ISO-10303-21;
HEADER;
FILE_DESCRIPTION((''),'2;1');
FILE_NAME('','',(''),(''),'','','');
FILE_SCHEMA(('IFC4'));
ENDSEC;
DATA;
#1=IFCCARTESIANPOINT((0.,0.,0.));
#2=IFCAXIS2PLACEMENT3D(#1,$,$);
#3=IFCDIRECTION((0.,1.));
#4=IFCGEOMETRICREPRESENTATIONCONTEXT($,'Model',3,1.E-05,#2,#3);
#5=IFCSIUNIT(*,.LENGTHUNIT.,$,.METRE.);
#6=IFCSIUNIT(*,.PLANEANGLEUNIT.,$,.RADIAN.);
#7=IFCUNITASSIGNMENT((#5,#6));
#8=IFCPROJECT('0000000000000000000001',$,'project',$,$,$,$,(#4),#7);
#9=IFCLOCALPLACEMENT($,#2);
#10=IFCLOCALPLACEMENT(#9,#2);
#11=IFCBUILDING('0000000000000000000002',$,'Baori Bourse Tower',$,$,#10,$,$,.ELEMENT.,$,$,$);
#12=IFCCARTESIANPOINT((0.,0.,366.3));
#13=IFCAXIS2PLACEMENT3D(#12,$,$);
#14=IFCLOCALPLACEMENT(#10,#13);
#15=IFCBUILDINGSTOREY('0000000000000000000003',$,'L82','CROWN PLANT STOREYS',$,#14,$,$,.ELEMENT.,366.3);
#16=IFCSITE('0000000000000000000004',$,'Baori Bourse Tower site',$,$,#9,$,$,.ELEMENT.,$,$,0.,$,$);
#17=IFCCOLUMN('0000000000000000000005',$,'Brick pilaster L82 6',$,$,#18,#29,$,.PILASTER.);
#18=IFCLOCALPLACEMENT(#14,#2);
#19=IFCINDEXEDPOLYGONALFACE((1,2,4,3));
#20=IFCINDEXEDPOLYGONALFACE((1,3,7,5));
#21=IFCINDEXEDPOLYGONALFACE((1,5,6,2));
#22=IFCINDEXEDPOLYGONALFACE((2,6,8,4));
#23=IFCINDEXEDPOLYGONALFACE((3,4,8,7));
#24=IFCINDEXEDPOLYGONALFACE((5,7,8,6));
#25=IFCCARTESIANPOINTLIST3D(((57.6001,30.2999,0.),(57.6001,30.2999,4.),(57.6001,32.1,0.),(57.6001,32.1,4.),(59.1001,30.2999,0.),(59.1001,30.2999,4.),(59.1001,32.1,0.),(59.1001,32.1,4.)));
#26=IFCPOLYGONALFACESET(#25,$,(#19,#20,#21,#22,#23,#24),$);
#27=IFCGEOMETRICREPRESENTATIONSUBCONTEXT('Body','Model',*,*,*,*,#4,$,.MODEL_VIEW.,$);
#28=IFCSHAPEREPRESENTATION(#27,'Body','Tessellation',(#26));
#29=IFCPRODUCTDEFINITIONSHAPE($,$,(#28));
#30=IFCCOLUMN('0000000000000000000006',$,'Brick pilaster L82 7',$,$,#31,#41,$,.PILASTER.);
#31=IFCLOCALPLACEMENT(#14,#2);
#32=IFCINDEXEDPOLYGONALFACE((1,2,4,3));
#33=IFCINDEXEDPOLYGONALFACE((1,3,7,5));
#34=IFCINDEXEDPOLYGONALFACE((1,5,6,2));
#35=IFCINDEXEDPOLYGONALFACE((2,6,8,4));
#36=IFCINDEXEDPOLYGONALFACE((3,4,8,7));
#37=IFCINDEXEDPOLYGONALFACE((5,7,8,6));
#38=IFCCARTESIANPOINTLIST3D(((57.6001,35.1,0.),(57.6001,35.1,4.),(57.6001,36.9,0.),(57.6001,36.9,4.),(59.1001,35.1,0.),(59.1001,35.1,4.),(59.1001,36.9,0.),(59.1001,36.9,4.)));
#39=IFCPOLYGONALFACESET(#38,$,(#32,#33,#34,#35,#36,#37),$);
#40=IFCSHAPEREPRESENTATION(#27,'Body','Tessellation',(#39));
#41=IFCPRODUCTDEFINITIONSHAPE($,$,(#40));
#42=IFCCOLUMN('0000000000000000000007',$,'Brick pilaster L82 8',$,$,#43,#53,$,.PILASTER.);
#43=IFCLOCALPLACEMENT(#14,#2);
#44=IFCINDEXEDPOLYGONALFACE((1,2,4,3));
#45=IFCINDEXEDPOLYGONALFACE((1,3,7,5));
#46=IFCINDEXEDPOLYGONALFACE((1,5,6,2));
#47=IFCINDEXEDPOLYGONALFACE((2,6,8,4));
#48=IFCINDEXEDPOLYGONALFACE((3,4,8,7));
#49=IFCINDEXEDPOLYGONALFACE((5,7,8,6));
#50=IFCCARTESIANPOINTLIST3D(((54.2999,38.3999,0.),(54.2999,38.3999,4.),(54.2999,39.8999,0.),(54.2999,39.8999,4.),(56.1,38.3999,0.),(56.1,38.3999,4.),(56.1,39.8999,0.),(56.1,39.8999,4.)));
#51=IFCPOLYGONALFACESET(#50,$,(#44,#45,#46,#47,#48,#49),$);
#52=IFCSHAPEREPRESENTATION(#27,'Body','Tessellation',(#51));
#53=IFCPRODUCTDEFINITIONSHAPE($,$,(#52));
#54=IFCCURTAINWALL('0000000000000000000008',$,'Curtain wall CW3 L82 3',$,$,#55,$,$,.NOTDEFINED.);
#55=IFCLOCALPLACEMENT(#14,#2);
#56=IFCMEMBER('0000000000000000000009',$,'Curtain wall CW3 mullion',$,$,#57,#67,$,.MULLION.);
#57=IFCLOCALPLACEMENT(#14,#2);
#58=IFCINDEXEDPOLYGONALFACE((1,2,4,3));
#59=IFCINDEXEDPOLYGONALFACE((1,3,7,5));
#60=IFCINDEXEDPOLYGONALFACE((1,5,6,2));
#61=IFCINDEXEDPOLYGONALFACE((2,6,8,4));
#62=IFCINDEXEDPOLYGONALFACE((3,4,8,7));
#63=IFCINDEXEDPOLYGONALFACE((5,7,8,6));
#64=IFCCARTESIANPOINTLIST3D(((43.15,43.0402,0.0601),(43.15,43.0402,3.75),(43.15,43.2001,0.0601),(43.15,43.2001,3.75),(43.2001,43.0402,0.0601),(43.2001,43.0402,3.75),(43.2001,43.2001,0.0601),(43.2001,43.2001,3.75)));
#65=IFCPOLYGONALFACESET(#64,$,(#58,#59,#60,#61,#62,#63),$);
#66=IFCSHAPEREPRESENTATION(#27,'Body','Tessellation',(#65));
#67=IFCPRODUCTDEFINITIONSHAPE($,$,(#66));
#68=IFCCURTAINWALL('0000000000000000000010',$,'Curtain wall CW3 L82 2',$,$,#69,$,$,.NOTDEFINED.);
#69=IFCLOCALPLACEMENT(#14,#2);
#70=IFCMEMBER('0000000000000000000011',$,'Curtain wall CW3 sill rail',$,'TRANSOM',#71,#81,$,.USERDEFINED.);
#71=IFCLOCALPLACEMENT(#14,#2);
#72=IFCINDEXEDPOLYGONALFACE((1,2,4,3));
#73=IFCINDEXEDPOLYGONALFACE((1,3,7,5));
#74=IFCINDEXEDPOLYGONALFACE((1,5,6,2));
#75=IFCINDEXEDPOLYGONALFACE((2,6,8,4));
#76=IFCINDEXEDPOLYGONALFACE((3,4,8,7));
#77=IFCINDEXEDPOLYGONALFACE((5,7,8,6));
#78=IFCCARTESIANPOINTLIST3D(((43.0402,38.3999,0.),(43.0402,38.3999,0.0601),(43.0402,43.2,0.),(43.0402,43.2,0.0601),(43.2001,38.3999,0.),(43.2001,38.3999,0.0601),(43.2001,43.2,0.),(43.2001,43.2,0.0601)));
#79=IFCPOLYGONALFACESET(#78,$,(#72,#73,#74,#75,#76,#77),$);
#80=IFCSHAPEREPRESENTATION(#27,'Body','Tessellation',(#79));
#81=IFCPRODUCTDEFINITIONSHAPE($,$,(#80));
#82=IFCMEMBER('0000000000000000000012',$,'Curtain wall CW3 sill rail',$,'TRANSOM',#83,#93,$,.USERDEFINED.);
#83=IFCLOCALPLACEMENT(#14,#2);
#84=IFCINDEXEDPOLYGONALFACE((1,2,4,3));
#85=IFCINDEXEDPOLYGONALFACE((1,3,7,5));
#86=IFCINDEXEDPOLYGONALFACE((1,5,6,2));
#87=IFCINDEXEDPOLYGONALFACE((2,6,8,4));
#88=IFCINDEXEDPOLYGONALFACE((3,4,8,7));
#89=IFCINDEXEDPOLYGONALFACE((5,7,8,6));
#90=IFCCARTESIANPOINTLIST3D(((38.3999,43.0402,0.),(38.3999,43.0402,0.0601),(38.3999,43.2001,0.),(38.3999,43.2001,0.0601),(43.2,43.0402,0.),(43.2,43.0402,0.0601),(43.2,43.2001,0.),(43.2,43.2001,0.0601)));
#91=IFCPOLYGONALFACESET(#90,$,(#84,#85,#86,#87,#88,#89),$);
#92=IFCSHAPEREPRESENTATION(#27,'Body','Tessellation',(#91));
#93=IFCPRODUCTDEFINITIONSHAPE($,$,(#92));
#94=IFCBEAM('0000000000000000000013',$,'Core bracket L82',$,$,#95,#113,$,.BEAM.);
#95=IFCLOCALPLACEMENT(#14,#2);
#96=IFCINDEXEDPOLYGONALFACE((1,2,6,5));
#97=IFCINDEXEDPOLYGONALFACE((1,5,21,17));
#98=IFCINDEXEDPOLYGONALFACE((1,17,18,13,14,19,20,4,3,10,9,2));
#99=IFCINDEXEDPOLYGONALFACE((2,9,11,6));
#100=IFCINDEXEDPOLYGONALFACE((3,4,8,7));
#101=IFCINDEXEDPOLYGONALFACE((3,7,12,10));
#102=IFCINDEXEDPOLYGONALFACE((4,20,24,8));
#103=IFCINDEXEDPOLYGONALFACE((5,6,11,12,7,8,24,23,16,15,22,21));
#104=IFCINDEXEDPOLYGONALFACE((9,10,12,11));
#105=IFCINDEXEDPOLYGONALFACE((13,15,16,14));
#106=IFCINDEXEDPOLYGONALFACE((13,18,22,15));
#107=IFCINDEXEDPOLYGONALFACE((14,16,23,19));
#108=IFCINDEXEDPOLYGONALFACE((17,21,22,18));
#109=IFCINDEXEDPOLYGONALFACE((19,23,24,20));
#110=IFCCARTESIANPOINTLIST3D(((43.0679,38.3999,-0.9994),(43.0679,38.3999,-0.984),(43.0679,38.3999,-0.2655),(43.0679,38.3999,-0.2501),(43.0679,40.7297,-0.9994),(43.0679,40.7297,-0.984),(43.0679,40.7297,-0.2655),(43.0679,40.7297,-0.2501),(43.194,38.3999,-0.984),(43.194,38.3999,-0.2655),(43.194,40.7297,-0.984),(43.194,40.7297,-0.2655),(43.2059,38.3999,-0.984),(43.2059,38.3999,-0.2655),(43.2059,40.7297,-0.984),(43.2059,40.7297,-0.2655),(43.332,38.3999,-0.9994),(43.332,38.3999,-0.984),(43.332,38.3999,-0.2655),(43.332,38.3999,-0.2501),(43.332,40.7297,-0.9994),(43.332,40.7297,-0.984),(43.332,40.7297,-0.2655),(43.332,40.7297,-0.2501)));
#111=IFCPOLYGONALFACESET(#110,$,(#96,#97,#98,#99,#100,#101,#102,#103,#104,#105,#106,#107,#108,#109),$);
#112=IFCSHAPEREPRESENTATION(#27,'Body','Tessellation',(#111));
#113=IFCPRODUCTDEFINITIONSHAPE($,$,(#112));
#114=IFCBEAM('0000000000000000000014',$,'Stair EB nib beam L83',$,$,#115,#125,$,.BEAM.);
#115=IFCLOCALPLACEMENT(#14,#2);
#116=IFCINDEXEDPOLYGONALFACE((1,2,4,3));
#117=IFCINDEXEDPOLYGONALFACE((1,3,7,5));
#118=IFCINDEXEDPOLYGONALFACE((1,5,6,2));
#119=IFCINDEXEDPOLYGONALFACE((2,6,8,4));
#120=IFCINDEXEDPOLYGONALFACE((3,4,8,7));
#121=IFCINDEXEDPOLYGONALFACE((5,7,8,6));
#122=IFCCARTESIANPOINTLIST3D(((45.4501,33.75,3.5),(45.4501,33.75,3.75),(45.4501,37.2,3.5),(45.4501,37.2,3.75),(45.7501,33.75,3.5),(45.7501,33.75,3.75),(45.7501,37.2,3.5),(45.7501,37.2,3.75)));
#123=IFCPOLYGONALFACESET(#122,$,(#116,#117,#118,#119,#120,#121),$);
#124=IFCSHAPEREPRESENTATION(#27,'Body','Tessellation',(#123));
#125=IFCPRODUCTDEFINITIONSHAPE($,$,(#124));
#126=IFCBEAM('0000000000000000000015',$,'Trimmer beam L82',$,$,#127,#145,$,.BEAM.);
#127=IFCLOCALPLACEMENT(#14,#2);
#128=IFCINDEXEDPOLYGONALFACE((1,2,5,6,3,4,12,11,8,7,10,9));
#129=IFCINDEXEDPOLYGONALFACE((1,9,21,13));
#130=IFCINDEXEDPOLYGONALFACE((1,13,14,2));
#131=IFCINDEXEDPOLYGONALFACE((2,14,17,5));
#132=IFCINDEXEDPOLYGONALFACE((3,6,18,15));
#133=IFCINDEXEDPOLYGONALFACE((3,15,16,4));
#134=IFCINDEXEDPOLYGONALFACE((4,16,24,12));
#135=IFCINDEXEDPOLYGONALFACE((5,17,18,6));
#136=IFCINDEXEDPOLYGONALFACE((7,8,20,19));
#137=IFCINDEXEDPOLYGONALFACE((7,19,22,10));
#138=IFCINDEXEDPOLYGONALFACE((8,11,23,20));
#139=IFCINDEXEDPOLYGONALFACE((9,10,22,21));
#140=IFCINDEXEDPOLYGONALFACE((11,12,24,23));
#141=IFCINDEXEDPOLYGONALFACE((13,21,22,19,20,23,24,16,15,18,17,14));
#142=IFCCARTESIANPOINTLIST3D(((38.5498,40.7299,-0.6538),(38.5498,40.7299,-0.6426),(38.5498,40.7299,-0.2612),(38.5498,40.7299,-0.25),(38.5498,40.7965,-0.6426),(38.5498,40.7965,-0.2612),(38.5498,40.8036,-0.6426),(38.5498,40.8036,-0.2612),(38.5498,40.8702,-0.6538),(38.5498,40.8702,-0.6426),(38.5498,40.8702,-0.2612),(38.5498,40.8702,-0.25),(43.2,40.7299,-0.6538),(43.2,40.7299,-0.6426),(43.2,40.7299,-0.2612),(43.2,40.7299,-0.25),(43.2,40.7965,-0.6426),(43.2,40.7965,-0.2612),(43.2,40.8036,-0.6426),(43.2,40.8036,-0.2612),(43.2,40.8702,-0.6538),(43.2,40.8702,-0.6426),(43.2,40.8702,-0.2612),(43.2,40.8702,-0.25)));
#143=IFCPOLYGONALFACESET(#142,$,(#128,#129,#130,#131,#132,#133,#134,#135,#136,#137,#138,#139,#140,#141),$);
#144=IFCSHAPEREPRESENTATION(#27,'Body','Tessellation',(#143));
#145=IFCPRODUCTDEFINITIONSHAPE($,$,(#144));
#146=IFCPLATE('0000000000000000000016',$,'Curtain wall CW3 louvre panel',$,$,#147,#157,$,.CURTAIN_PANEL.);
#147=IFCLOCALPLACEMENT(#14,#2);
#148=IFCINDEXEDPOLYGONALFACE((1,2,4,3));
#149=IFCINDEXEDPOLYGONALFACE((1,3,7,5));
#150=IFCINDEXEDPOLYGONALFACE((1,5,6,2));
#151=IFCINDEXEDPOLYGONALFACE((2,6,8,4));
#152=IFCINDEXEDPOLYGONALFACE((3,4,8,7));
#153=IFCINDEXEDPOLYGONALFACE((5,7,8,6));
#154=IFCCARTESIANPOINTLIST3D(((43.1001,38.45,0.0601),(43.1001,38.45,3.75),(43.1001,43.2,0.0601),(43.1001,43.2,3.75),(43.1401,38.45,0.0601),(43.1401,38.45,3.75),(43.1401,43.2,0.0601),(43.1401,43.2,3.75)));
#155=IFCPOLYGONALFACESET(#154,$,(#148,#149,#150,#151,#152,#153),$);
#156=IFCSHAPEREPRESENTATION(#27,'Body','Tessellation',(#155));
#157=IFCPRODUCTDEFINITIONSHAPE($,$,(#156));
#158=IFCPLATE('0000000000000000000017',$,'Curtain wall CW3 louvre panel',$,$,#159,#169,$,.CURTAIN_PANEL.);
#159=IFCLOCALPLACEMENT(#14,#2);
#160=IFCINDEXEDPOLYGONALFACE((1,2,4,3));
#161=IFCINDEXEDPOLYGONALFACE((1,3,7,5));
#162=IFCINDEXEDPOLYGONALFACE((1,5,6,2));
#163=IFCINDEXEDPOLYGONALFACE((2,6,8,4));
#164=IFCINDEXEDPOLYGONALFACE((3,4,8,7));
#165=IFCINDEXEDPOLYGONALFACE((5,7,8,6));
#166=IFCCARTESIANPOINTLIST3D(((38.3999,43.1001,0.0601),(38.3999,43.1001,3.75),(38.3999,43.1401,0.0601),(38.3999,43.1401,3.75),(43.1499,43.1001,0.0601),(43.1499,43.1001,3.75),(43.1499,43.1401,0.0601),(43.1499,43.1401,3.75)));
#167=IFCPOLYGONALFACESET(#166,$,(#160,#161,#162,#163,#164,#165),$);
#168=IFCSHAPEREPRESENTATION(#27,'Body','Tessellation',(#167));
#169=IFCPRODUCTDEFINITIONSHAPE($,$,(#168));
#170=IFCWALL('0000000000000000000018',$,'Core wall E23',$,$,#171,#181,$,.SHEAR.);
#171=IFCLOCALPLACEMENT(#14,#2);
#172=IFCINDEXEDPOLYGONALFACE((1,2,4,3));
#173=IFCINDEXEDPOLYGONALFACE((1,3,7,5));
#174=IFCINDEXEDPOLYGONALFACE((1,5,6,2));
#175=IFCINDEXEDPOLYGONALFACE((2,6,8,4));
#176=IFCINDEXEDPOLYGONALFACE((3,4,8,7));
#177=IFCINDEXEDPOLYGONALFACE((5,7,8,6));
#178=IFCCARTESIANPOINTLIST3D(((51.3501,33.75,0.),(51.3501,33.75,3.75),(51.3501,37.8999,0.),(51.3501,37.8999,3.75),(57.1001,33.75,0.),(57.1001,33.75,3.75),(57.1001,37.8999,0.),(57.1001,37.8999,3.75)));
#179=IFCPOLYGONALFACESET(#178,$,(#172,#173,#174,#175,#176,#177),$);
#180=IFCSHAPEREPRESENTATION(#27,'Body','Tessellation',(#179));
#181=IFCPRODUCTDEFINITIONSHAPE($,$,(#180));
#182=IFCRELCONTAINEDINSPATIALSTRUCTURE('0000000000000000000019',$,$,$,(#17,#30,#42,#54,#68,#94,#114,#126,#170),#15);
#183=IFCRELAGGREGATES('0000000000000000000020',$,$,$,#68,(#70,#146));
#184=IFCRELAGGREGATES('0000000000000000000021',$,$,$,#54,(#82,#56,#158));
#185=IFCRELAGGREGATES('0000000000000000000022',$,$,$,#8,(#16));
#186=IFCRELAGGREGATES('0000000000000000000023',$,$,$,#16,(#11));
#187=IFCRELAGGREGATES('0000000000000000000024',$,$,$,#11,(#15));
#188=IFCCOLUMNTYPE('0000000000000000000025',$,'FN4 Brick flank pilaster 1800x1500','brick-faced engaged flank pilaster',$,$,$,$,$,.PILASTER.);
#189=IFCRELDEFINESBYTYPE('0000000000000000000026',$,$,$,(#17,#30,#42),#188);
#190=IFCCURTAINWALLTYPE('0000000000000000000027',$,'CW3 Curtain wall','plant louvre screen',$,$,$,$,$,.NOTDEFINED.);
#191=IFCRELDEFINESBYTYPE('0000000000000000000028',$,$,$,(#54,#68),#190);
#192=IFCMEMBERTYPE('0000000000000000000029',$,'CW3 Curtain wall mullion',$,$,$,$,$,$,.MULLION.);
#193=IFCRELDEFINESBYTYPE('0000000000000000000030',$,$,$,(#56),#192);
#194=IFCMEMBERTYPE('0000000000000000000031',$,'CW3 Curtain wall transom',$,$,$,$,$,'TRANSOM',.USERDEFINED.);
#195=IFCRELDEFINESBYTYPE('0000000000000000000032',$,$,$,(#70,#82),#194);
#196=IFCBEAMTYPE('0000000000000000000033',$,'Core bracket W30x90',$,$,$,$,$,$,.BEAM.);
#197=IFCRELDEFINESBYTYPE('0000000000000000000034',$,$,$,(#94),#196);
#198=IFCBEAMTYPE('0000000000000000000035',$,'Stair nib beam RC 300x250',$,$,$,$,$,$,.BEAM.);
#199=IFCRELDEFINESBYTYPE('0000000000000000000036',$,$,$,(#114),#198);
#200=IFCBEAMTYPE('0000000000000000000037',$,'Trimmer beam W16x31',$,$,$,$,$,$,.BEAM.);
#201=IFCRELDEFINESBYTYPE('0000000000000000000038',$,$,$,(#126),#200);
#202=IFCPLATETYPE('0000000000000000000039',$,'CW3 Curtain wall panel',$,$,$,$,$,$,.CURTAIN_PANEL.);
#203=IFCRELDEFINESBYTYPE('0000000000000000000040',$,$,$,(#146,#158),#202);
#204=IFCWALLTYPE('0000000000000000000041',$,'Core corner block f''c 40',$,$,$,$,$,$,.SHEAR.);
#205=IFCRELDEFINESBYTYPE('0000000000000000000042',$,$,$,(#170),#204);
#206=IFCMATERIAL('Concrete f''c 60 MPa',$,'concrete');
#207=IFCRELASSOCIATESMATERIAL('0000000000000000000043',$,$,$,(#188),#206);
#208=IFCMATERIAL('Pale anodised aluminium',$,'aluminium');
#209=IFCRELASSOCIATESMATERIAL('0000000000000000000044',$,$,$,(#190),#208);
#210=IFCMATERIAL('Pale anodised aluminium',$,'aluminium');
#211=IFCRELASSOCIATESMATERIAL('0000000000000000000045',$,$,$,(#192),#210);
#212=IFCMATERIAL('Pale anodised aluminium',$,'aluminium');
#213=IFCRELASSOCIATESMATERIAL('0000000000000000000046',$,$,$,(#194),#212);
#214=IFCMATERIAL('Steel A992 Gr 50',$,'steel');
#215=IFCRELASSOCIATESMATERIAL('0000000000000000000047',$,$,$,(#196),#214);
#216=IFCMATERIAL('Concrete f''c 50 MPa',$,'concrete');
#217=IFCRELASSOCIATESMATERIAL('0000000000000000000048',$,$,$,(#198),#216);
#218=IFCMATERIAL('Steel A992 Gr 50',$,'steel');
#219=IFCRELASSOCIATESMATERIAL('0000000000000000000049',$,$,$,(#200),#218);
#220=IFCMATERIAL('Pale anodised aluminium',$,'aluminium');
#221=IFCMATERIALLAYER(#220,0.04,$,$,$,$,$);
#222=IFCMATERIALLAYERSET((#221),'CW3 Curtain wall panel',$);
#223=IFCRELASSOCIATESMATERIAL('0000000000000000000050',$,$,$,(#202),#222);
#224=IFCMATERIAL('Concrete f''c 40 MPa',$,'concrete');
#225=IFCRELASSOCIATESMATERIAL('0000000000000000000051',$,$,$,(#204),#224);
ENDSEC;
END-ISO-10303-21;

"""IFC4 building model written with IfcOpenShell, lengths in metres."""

from ifc_helpers import new_model, si_unit, direction, frame, frame_2d, origin, origin_2d, place, context, subcontext, project, spatial, rectangle, i_section, extrude, material, layer, layer_set, material_profile, profile_set, type_object, element, aggregate, save


model = new_model("IFC4")

# Units and contexts
model_context = context("Model", 3, precision=1e-05, world=origin(), true_north=direction((0.0, 1.0)))
body_context = subcontext(model_context, "Body", "Model", "MODEL_VIEW")
ifc_project = project(units=[si_unit("LENGTHUNIT", "METRE"), si_unit("PLANEANGLEUNIT", "RADIAN")], contexts=[model_context])

# Site, building, storey
site_placement = place(None, origin())
site = spatial("IfcSite", under=ifc_project, at=site_placement, Name="Baori Bourse Tower site", CompositionType="ELEMENT", RefElevation=0.0)
building_placement = place(site_placement, origin())
building = spatial("IfcBuilding", under=site, at=building_placement, Name="Baori Bourse Tower", CompositionType="ELEMENT")
storey_placement = place(building_placement, frame((0.0, 0.0, 366.3)))
storey = spatial("IfcBuildingStorey", under=building, at=storey_placement, Name="L82", Description="CROWN PLANT STOREYS", CompositionType="ELEMENT", Elevation=366.3)

# Columns
ifc_material_1 = material(Name="Concrete f'c 60 MPa", Category="concrete")
ifc_material_profile_1 = material_profile(ifc_material_1, rectangle(XDim=1.8, YDim=1.5, at=origin_2d()), Name="RC 1800x1500")
ifc_profile_set_1 = profile_set([ifc_material_profile_1], Name="Concrete f'c 60 MPa")
column_type = type_object("IfcColumnType", Name="FN4 Brick flank pilaster 1800x1500", Description="brick-faced engaged flank pilaster", PredefinedType="PILASTER", material=ifc_profile_set_1)
for number, where, z_axis, x_axis, name in (
    (1, (58.3501, 31.2, 0.0), (0.0, 0.0, 1.0), (0.0, 1.0, 0.0), "Brick pilaster L82 6"),
    (2, (58.3501, 36.0, 0.0), (0.0, 0.0, 1.0), (0.0, 1.0, 0.0), "Brick pilaster L82 7"),
    (3, (55.2, 39.1499, 0.0), (0.0, 0.0, 1.0), (1.0, 0.0, 0.0), "Brick pilaster L82 8"),
):
    element("IfcColumn", number, at=place(storey_placement, frame(where, z_axis=z_axis, x_axis=x_axis)), inside=storey, type_object=column_type, Name=name, PredefinedType="PILASTER", context=body_context, shape_type="SweptSolid", body=[
        extrude(rectangle(XDim=1.8, YDim=1.5, at=origin_2d()), origin(), (0.0, 0.0, 1.0), 4.0),
    ])

# Curtain walls, members
ifc_material_2 = material(Name="Pale anodised aluminium", Category="aluminium")
curtain_wall_type = type_object("IfcCurtainWallType", Name="CW3 Curtain wall", Description="plant louvre screen", PredefinedType="NOTDEFINED", material=ifc_material_2)
curtain_wall_1_placement = place(storey_placement, origin())
curtain_wall_1 = element("IfcCurtainWall", 4, at=curtain_wall_1_placement, inside=storey, type_object=curtain_wall_type, Name="Curtain wall CW3 L82 3", PredefinedType="NOTDEFINED")
ifc_material_3 = material(Name="Pale anodised aluminium", Category="aluminium")
ifc_material_profile_2 = material_profile(ifc_material_3, rectangle(XDim=0.1599, YDim=0.05, at=origin_2d()), Name="Mullion 50x160")
ifc_profile_set_2 = profile_set([ifc_material_profile_2], Name="Pale anodised aluminium")
member_type_1 = type_object("IfcMemberType", Name="CW3 Curtain wall mullion", PredefinedType="MULLION", material=ifc_profile_set_2)
member_1_placement = place(storey_placement, frame((43.175, 43.1201, 0.0601), z_axis=(0.0, 0.0, 1.0), x_axis=(0.0, -1.0, 0.0)))
member_1 = element("IfcMember", 5, at=member_1_placement, type_object=member_type_1, Name="Curtain wall CW3 mullion", PredefinedType="MULLION", context=body_context, shape_type="SweptSolid", body=[
    extrude(rectangle(XDim=0.1599, YDim=0.05, at=origin_2d()), origin(), (0.0, 0.0, 1.0), 3.6899),
])
curtain_wall_2_placement = place(storey_placement, origin())
curtain_wall_2 = element("IfcCurtainWall", 6, at=curtain_wall_2_placement, inside=storey, type_object=curtain_wall_type, Name="Curtain wall CW3 L82 2", PredefinedType="NOTDEFINED")
ifc_material_4 = material(Name="Pale anodised aluminium", Category="aluminium")
ifc_material_profile_3 = material_profile(ifc_material_4, rectangle(XDim=0.1599, YDim=0.0601, at=origin_2d()), Name="Transom 60x160")
ifc_profile_set_3 = profile_set([ifc_material_profile_3], Name="Pale anodised aluminium")
member_type_2 = type_object("IfcMemberType", Name="CW3 Curtain wall transom", ElementType="TRANSOM", PredefinedType="USERDEFINED", material=ifc_profile_set_3)
member_2_placement = place(storey_placement, frame((43.1201, 38.3999, 0.03), z_axis=(0.0, 1.0, 0.0), x_axis=(-1.0, 0.0, 0.0)))
member_2 = element("IfcMember", 7, at=member_2_placement, type_object=member_type_2, Name="Curtain wall CW3 sill rail", ObjectType="TRANSOM", PredefinedType="USERDEFINED", context=body_context, shape_type="SweptSolid", body=[
    extrude(rectangle(XDim=0.1599, YDim=0.0601, at=origin_2d()), origin(), (0.0, 0.0, 1.0), 4.8),
])

# Member
member_3_placement = place(storey_placement, frame((43.2, 43.1201, 0.03), z_axis=(-1.0, 0.0, 0.0), x_axis=(0.0, -1.0, 0.0)))
member_3 = element("IfcMember", 8, at=member_3_placement, type_object=member_type_2, Name="Curtain wall CW3 sill rail", ObjectType="TRANSOM", PredefinedType="USERDEFINED", context=body_context, shape_type="SweptSolid", body=[
    extrude(rectangle(XDim=0.1599, YDim=0.0601, at=origin_2d()), origin(), (0.0, 0.0, 1.0), 4.8),
])

# Beams
ifc_material_5 = material(Name="Steel A992 Gr 50", Category="steel")
ifc_material_profile_4 = material_profile(ifc_material_5, i_section(OverallWidth=0.2642, OverallDepth=0.7493, WebThickness=0.012, FlangeThickness=0.0154, at=origin_2d()), Name="W30x90")
ifc_profile_set_4 = profile_set([ifc_material_profile_4], Name="Steel A992 Gr 50")
beam_type_1 = type_object("IfcBeamType", Name="Core bracket W30x90", PredefinedType="BEAM", material=ifc_profile_set_4)
beam_1_placement = place(storey_placement, frame((43.2, 38.3999, -0.6248), z_axis=(0.0, 1.0, 0.0), x_axis=(-1.0, 0.0, 0.0)))
element("IfcBeam", 9, at=beam_1_placement, inside=storey, type_object=beam_type_1, Name="Core bracket L82", PredefinedType="BEAM", context=body_context, shape_type="SweptSolid", body=[
    extrude(i_section(OverallWidth=0.2642, OverallDepth=0.7493, WebThickness=0.012, FlangeThickness=0.0154, at=origin_2d()), origin(), (0.0, 0.0, 1.0), 2.3298),
])
ifc_material_6 = material(Name="Concrete f'c 50 MPa", Category="concrete")
ifc_material_profile_5 = material_profile(ifc_material_6, rectangle(XDim=0.3, YDim=0.25, at=origin_2d()), Name="RC 300x250")
ifc_profile_set_5 = profile_set([ifc_material_profile_5], Name="Concrete f'c 50 MPa")
beam_type_2 = type_object("IfcBeamType", Name="Stair nib beam RC 300x250", PredefinedType="BEAM", material=ifc_profile_set_5)
beam_2_placement = place(storey_placement, frame((45.6001, 33.75, 3.625), z_axis=(0.0, 1.0, 0.0), x_axis=(-1.0, 0.0, 0.0)))
element("IfcBeam", 10, at=beam_2_placement, inside=storey, type_object=beam_type_2, Name="Stair EB nib beam L83", PredefinedType="BEAM", context=body_context, shape_type="SweptSolid", body=[
    extrude(rectangle(XDim=0.3, YDim=0.25, at=origin_2d()), origin(), (0.0, 0.0, 1.0), 3.45),
])
ifc_material_7 = material(Name="Steel A992 Gr 50", Category="steel")
ifc_material_profile_6 = material_profile(ifc_material_7, i_section(OverallWidth=0.1404, OverallDepth=0.4038, WebThickness=0.0071, FlangeThickness=0.0112, at=origin_2d()), Name="W16x31")
ifc_profile_set_6 = profile_set([ifc_material_profile_6], Name="Steel A992 Gr 50")
beam_type_3 = type_object("IfcBeamType", Name="Trimmer beam W16x31", PredefinedType="BEAM", material=ifc_profile_set_6)
beam_3_placement = place(storey_placement, frame((38.5498, 40.8, -0.4519), z_axis=(1.0, 0.0, 0.0), x_axis=(0.0, 1.0, 0.0)))
element("IfcBeam", 11, at=beam_3_placement, inside=storey, type_object=beam_type_3, Name="Trimmer beam L82", PredefinedType="BEAM", context=body_context, shape_type="SweptSolid", body=[
    extrude(i_section(OverallWidth=0.1404, OverallDepth=0.4038, WebThickness=0.0071, FlangeThickness=0.0112, at=origin_2d()), origin(), (0.0, 0.0, 1.0), 4.6501),
])

# Plates
ifc_material_8 = material(Name="Pale anodised aluminium", Category="aluminium")
ifc_layer_1 = layer(ifc_material_8, 0.04)
ifc_layer_set_1 = layer_set([ifc_layer_1], Name="CW3 Curtain wall panel")
plate_type = type_object("IfcPlateType", Name="CW3 Curtain wall panel", PredefinedType="CURTAIN_PANEL", material=ifc_layer_set_1)
plate_1_placement = place(storey_placement, frame((43.1201, 40.825, 0.0601), z_axis=(0.0, 0.0, 1.0), x_axis=(0.0, 1.0, 0.0)))
plate_1 = element("IfcPlate", 12, at=plate_1_placement, type_object=plate_type, Name="Curtain wall CW3 louvre panel", PredefinedType="CURTAIN_PANEL", context=body_context, shape_type="SweptSolid", body=[
    extrude(rectangle(XDim=4.75, YDim=0.04, at=origin_2d()), origin(), (0.0, 0.0, 1.0), 3.6899),
])
aggregate(curtain_wall_2, [member_2, plate_1])
plate_2_placement = place(storey_placement, frame((40.7749, 43.1201, 0.0601), z_axis=(0.0, 0.0, 1.0), x_axis=(-1.0, 0.0, 0.0)))
plate_2 = element("IfcPlate", 13, at=plate_2_placement, type_object=plate_type, Name="Curtain wall CW3 louvre panel", PredefinedType="CURTAIN_PANEL", context=body_context, shape_type="SweptSolid", body=[
    extrude(rectangle(XDim=4.75, YDim=0.04, at=origin_2d()), origin(), (0.0, 0.0, 1.0), 3.6899),
])
aggregate(curtain_wall_1, [member_3, member_1, plate_2])

# Wall
ifc_material_9 = material(Name="Concrete f'c 40 MPa", Category="concrete")
wall_type_1 = type_object("IfcWallType", Name="Core corner block f'c 40", PredefinedType="SHEAR", material=ifc_material_9)
wall_1_placement = place(storey_placement, frame((51.3501, 35.825, 0.0), z_axis=(0.0, 0.0, 1.0), x_axis=(1.0, 0.0, 0.0)))
element("IfcWall", 14, at=wall_1_placement, inside=storey, type_object=wall_type_1, Name="Core wall E23", PredefinedType="SHEAR", context=body_context, shape_type="SweptSolid", body=[
    extrude(rectangle(XDim=5.75, YDim=4.1499, at=frame_2d((2.875, 0.0))), origin(), (0.0, 0.0, 1.0), 3.75),
])

save(model, "model.ifc")
